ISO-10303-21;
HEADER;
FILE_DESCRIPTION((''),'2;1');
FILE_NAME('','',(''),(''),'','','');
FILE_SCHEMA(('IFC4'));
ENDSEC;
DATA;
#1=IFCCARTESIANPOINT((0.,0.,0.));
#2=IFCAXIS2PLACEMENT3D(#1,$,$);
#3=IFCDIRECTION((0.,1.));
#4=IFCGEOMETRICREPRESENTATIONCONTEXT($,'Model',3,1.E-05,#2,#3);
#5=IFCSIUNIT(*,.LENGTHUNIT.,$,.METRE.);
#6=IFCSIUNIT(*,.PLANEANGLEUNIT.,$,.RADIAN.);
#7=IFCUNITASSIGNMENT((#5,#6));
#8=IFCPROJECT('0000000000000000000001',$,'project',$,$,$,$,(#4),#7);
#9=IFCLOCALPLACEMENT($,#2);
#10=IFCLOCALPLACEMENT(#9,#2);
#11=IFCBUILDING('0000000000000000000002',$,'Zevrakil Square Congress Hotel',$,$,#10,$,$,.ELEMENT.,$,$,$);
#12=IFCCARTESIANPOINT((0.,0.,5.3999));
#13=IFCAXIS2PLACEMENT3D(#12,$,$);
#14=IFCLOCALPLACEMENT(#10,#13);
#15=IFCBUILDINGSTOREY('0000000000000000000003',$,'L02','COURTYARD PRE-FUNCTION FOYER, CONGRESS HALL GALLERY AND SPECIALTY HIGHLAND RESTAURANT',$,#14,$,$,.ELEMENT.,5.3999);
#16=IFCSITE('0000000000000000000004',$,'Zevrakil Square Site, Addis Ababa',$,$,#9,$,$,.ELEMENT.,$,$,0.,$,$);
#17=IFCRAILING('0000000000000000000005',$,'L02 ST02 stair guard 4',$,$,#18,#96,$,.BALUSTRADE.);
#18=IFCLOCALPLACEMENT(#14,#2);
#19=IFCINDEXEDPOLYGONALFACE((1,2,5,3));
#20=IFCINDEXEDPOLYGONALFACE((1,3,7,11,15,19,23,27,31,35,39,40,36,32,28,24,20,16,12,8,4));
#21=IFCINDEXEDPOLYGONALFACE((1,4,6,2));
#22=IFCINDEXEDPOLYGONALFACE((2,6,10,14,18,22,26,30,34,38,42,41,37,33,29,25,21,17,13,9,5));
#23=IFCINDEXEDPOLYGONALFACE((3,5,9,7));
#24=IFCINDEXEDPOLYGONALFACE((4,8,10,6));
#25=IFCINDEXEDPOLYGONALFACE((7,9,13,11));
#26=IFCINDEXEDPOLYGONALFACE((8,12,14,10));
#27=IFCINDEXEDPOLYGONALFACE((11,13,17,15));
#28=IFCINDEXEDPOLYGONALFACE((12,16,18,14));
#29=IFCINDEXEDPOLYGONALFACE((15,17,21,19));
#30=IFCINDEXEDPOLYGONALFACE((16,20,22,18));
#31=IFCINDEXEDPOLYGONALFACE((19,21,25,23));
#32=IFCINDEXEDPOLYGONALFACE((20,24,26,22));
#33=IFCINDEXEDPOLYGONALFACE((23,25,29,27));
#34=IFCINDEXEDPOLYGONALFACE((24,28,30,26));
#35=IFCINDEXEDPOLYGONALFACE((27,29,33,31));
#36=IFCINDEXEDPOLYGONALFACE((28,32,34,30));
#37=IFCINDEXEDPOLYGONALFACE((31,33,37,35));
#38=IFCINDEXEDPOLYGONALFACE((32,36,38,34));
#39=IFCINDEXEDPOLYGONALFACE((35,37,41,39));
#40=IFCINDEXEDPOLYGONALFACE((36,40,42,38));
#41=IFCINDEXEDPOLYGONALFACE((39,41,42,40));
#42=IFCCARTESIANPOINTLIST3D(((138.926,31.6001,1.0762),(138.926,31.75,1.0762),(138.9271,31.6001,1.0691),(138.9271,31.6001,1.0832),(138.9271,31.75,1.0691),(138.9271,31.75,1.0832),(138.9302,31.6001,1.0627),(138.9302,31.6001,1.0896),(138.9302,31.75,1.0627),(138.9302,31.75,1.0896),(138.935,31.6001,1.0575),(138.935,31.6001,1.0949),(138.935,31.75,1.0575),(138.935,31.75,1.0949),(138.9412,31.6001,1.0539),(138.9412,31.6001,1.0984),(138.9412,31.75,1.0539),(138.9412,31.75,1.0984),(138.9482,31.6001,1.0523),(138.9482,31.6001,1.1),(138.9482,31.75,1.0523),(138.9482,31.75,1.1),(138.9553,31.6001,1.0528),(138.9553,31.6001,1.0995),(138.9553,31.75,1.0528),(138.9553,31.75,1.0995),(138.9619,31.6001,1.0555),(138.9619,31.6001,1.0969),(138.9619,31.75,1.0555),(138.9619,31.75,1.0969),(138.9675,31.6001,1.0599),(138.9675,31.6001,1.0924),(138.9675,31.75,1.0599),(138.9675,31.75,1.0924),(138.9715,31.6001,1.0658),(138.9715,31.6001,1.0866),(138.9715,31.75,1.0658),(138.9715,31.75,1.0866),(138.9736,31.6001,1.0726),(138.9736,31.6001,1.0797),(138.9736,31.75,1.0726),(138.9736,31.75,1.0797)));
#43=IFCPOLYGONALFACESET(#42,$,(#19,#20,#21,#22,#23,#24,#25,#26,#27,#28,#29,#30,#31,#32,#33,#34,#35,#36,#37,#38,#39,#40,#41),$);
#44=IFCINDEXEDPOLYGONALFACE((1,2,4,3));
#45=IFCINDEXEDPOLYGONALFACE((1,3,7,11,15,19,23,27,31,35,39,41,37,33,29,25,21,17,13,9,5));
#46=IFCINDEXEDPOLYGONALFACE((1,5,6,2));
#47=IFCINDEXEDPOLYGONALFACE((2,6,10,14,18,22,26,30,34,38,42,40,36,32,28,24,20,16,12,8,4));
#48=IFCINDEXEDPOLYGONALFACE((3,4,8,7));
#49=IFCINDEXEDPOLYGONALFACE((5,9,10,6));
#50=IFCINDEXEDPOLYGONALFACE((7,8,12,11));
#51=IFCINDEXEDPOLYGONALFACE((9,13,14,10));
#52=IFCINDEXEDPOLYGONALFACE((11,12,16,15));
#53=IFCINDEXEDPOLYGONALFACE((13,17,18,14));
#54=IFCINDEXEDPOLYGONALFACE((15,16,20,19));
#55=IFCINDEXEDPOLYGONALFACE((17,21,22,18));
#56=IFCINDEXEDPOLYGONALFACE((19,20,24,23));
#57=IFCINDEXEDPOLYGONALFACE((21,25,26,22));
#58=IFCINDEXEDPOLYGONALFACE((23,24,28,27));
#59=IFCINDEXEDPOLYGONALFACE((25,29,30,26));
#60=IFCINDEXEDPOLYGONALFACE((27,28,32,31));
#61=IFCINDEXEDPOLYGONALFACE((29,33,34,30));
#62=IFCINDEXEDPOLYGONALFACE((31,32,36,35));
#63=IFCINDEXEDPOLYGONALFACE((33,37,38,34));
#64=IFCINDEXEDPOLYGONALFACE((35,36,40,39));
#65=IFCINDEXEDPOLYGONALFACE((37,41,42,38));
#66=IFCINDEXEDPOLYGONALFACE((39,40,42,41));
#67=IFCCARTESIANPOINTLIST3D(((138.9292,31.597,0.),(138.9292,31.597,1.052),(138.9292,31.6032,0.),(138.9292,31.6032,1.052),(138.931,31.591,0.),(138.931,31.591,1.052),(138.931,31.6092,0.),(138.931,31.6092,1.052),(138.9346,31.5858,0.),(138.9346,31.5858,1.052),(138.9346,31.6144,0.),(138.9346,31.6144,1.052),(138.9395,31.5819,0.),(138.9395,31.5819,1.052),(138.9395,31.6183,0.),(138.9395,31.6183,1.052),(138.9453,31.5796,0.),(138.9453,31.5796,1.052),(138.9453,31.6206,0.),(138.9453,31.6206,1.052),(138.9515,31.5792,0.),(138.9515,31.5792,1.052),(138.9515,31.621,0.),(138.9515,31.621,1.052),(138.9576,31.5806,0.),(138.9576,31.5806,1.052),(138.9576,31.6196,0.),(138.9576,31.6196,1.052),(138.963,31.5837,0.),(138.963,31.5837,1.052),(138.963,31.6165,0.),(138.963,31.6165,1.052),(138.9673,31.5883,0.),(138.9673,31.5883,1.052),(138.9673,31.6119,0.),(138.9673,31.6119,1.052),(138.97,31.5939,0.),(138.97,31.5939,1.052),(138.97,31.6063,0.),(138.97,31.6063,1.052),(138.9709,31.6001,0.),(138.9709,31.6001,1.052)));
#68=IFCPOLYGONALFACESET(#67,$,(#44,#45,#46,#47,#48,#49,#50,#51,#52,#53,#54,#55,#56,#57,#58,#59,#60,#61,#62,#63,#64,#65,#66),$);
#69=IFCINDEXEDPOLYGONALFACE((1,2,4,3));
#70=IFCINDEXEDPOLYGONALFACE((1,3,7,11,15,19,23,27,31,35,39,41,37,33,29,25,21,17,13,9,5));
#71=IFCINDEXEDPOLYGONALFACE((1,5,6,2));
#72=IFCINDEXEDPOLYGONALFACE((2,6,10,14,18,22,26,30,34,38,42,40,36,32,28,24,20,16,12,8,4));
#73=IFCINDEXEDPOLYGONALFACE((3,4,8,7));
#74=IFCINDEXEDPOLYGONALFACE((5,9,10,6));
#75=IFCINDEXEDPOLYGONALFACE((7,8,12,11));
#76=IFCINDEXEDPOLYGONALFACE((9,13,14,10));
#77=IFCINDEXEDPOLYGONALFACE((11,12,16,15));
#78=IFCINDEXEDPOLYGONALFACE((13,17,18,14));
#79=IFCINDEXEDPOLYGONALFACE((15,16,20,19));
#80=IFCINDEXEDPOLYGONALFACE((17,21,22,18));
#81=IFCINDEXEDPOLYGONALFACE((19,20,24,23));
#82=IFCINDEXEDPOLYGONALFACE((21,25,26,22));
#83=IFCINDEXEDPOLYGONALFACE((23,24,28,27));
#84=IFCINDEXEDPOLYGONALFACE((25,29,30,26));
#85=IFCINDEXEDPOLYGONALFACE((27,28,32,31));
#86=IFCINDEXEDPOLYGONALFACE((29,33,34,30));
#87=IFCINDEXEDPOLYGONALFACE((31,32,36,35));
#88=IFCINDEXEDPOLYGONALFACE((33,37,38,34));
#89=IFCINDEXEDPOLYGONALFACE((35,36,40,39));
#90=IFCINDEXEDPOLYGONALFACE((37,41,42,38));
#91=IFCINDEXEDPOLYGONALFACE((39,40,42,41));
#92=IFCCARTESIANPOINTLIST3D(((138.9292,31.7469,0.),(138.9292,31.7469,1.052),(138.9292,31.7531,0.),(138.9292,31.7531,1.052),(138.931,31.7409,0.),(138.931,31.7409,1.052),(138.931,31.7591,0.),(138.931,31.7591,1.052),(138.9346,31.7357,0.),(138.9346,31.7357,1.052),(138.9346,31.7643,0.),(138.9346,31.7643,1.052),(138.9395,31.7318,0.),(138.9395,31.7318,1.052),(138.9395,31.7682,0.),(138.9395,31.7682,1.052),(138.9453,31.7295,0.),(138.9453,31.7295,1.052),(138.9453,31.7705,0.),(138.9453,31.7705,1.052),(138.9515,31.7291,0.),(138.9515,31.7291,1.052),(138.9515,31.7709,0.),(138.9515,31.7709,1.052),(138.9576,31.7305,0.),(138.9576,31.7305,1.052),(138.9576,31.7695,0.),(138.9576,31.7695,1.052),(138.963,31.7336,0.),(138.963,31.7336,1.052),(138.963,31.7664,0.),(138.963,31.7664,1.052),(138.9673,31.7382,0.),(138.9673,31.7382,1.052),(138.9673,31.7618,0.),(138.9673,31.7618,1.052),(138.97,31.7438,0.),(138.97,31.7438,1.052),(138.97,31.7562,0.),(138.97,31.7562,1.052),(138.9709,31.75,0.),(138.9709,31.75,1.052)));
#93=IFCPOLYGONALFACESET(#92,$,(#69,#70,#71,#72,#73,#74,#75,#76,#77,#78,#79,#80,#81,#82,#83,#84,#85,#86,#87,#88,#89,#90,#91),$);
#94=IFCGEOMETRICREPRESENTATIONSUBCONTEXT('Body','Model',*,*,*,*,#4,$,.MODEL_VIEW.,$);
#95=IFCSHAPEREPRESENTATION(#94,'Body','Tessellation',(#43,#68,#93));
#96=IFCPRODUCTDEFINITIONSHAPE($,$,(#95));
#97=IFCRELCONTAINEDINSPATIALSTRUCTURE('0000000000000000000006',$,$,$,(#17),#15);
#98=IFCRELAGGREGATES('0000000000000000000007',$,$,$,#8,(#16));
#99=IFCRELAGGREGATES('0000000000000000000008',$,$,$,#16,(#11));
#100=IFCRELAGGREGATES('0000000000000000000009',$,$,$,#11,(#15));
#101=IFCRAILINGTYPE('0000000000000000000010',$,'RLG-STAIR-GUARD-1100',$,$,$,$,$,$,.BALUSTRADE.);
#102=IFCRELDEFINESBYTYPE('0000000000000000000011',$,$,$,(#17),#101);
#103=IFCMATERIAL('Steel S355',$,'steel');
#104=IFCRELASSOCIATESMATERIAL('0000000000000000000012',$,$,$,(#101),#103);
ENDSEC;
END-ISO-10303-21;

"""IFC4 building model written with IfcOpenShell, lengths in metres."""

from ifc_helpers import new_model, si_unit, direction, frame, origin, origin_2d, place, context, subcontext, project, spatial, circle, extrude, material, type_object, element, save


model = new_model("IFC4")

# Units and contexts
model_context = context("Model", 3, precision=1e-05, world=origin(), true_north=direction((0.0, 1.0)))
body_context = subcontext(model_context, "Body", "Model", "MODEL_VIEW")
ifc_project = project(units=[si_unit("LENGTHUNIT", "METRE"), si_unit("PLANEANGLEUNIT", "RADIAN")], contexts=[model_context])

# Site, building, storey
site_placement = place(None, origin())
site = spatial("IfcSite", under=ifc_project, at=site_placement, Name="Zevrakil Square Site, Addis Ababa", CompositionType="ELEMENT", RefElevation=0.0)
building_placement = place(site_placement, origin())
building = spatial("IfcBuilding", under=site, at=building_placement, Name="Zevrakil Square Congress Hotel", CompositionType="ELEMENT")
storey_placement = place(building_placement, frame((0.0, 0.0, 5.3999)))
storey = spatial("IfcBuildingStorey", under=building, at=storey_placement, Name="L02", Description="COURTYARD PRE-FUNCTION FOYER, CONGRESS HALL GALLERY AND SPECIALTY HIGHLAND RESTAURANT", CompositionType="ELEMENT", Elevation=5.3999)

# Railing
ifc_material_1 = material(Name="Steel S355", Category="steel")
railing_type_1 = type_object("IfcRailingType", Name="RLG-STAIR-GUARD-1100", PredefinedType="BALUSTRADE", material=ifc_material_1)
railing_1_placement = place(storey_placement, frame((138.95, 31.6001, 0.0)))
element("IfcRailing", 1, at=railing_1_placement, inside=storey, type_object=railing_type_1, Name="L02 ST02 stair guard 4", PredefinedType="BALUSTRADE", context=body_context, shape_type="SweptSolid", body=[
    extrude(circle(Radius=0.0239, at=origin_2d()), frame((0.0, 0.0, 1.0762), z_axis=(0.0, 1.0, 0.0), x_axis=(-1.0, 0.0, 0.0)), (0.0, 0.0, 1.0), 0.1499),
    extrude(circle(Radius=0.021, at=origin_2d()), origin(), (0.0, 0.0, 1.0), 1.052),
    extrude(circle(Radius=0.021, at=origin_2d()), frame((0.0, 0.1499, 0.0)), (0.0, 0.0, 1.0), 1.052),
])

save(model, "model.ifc")
